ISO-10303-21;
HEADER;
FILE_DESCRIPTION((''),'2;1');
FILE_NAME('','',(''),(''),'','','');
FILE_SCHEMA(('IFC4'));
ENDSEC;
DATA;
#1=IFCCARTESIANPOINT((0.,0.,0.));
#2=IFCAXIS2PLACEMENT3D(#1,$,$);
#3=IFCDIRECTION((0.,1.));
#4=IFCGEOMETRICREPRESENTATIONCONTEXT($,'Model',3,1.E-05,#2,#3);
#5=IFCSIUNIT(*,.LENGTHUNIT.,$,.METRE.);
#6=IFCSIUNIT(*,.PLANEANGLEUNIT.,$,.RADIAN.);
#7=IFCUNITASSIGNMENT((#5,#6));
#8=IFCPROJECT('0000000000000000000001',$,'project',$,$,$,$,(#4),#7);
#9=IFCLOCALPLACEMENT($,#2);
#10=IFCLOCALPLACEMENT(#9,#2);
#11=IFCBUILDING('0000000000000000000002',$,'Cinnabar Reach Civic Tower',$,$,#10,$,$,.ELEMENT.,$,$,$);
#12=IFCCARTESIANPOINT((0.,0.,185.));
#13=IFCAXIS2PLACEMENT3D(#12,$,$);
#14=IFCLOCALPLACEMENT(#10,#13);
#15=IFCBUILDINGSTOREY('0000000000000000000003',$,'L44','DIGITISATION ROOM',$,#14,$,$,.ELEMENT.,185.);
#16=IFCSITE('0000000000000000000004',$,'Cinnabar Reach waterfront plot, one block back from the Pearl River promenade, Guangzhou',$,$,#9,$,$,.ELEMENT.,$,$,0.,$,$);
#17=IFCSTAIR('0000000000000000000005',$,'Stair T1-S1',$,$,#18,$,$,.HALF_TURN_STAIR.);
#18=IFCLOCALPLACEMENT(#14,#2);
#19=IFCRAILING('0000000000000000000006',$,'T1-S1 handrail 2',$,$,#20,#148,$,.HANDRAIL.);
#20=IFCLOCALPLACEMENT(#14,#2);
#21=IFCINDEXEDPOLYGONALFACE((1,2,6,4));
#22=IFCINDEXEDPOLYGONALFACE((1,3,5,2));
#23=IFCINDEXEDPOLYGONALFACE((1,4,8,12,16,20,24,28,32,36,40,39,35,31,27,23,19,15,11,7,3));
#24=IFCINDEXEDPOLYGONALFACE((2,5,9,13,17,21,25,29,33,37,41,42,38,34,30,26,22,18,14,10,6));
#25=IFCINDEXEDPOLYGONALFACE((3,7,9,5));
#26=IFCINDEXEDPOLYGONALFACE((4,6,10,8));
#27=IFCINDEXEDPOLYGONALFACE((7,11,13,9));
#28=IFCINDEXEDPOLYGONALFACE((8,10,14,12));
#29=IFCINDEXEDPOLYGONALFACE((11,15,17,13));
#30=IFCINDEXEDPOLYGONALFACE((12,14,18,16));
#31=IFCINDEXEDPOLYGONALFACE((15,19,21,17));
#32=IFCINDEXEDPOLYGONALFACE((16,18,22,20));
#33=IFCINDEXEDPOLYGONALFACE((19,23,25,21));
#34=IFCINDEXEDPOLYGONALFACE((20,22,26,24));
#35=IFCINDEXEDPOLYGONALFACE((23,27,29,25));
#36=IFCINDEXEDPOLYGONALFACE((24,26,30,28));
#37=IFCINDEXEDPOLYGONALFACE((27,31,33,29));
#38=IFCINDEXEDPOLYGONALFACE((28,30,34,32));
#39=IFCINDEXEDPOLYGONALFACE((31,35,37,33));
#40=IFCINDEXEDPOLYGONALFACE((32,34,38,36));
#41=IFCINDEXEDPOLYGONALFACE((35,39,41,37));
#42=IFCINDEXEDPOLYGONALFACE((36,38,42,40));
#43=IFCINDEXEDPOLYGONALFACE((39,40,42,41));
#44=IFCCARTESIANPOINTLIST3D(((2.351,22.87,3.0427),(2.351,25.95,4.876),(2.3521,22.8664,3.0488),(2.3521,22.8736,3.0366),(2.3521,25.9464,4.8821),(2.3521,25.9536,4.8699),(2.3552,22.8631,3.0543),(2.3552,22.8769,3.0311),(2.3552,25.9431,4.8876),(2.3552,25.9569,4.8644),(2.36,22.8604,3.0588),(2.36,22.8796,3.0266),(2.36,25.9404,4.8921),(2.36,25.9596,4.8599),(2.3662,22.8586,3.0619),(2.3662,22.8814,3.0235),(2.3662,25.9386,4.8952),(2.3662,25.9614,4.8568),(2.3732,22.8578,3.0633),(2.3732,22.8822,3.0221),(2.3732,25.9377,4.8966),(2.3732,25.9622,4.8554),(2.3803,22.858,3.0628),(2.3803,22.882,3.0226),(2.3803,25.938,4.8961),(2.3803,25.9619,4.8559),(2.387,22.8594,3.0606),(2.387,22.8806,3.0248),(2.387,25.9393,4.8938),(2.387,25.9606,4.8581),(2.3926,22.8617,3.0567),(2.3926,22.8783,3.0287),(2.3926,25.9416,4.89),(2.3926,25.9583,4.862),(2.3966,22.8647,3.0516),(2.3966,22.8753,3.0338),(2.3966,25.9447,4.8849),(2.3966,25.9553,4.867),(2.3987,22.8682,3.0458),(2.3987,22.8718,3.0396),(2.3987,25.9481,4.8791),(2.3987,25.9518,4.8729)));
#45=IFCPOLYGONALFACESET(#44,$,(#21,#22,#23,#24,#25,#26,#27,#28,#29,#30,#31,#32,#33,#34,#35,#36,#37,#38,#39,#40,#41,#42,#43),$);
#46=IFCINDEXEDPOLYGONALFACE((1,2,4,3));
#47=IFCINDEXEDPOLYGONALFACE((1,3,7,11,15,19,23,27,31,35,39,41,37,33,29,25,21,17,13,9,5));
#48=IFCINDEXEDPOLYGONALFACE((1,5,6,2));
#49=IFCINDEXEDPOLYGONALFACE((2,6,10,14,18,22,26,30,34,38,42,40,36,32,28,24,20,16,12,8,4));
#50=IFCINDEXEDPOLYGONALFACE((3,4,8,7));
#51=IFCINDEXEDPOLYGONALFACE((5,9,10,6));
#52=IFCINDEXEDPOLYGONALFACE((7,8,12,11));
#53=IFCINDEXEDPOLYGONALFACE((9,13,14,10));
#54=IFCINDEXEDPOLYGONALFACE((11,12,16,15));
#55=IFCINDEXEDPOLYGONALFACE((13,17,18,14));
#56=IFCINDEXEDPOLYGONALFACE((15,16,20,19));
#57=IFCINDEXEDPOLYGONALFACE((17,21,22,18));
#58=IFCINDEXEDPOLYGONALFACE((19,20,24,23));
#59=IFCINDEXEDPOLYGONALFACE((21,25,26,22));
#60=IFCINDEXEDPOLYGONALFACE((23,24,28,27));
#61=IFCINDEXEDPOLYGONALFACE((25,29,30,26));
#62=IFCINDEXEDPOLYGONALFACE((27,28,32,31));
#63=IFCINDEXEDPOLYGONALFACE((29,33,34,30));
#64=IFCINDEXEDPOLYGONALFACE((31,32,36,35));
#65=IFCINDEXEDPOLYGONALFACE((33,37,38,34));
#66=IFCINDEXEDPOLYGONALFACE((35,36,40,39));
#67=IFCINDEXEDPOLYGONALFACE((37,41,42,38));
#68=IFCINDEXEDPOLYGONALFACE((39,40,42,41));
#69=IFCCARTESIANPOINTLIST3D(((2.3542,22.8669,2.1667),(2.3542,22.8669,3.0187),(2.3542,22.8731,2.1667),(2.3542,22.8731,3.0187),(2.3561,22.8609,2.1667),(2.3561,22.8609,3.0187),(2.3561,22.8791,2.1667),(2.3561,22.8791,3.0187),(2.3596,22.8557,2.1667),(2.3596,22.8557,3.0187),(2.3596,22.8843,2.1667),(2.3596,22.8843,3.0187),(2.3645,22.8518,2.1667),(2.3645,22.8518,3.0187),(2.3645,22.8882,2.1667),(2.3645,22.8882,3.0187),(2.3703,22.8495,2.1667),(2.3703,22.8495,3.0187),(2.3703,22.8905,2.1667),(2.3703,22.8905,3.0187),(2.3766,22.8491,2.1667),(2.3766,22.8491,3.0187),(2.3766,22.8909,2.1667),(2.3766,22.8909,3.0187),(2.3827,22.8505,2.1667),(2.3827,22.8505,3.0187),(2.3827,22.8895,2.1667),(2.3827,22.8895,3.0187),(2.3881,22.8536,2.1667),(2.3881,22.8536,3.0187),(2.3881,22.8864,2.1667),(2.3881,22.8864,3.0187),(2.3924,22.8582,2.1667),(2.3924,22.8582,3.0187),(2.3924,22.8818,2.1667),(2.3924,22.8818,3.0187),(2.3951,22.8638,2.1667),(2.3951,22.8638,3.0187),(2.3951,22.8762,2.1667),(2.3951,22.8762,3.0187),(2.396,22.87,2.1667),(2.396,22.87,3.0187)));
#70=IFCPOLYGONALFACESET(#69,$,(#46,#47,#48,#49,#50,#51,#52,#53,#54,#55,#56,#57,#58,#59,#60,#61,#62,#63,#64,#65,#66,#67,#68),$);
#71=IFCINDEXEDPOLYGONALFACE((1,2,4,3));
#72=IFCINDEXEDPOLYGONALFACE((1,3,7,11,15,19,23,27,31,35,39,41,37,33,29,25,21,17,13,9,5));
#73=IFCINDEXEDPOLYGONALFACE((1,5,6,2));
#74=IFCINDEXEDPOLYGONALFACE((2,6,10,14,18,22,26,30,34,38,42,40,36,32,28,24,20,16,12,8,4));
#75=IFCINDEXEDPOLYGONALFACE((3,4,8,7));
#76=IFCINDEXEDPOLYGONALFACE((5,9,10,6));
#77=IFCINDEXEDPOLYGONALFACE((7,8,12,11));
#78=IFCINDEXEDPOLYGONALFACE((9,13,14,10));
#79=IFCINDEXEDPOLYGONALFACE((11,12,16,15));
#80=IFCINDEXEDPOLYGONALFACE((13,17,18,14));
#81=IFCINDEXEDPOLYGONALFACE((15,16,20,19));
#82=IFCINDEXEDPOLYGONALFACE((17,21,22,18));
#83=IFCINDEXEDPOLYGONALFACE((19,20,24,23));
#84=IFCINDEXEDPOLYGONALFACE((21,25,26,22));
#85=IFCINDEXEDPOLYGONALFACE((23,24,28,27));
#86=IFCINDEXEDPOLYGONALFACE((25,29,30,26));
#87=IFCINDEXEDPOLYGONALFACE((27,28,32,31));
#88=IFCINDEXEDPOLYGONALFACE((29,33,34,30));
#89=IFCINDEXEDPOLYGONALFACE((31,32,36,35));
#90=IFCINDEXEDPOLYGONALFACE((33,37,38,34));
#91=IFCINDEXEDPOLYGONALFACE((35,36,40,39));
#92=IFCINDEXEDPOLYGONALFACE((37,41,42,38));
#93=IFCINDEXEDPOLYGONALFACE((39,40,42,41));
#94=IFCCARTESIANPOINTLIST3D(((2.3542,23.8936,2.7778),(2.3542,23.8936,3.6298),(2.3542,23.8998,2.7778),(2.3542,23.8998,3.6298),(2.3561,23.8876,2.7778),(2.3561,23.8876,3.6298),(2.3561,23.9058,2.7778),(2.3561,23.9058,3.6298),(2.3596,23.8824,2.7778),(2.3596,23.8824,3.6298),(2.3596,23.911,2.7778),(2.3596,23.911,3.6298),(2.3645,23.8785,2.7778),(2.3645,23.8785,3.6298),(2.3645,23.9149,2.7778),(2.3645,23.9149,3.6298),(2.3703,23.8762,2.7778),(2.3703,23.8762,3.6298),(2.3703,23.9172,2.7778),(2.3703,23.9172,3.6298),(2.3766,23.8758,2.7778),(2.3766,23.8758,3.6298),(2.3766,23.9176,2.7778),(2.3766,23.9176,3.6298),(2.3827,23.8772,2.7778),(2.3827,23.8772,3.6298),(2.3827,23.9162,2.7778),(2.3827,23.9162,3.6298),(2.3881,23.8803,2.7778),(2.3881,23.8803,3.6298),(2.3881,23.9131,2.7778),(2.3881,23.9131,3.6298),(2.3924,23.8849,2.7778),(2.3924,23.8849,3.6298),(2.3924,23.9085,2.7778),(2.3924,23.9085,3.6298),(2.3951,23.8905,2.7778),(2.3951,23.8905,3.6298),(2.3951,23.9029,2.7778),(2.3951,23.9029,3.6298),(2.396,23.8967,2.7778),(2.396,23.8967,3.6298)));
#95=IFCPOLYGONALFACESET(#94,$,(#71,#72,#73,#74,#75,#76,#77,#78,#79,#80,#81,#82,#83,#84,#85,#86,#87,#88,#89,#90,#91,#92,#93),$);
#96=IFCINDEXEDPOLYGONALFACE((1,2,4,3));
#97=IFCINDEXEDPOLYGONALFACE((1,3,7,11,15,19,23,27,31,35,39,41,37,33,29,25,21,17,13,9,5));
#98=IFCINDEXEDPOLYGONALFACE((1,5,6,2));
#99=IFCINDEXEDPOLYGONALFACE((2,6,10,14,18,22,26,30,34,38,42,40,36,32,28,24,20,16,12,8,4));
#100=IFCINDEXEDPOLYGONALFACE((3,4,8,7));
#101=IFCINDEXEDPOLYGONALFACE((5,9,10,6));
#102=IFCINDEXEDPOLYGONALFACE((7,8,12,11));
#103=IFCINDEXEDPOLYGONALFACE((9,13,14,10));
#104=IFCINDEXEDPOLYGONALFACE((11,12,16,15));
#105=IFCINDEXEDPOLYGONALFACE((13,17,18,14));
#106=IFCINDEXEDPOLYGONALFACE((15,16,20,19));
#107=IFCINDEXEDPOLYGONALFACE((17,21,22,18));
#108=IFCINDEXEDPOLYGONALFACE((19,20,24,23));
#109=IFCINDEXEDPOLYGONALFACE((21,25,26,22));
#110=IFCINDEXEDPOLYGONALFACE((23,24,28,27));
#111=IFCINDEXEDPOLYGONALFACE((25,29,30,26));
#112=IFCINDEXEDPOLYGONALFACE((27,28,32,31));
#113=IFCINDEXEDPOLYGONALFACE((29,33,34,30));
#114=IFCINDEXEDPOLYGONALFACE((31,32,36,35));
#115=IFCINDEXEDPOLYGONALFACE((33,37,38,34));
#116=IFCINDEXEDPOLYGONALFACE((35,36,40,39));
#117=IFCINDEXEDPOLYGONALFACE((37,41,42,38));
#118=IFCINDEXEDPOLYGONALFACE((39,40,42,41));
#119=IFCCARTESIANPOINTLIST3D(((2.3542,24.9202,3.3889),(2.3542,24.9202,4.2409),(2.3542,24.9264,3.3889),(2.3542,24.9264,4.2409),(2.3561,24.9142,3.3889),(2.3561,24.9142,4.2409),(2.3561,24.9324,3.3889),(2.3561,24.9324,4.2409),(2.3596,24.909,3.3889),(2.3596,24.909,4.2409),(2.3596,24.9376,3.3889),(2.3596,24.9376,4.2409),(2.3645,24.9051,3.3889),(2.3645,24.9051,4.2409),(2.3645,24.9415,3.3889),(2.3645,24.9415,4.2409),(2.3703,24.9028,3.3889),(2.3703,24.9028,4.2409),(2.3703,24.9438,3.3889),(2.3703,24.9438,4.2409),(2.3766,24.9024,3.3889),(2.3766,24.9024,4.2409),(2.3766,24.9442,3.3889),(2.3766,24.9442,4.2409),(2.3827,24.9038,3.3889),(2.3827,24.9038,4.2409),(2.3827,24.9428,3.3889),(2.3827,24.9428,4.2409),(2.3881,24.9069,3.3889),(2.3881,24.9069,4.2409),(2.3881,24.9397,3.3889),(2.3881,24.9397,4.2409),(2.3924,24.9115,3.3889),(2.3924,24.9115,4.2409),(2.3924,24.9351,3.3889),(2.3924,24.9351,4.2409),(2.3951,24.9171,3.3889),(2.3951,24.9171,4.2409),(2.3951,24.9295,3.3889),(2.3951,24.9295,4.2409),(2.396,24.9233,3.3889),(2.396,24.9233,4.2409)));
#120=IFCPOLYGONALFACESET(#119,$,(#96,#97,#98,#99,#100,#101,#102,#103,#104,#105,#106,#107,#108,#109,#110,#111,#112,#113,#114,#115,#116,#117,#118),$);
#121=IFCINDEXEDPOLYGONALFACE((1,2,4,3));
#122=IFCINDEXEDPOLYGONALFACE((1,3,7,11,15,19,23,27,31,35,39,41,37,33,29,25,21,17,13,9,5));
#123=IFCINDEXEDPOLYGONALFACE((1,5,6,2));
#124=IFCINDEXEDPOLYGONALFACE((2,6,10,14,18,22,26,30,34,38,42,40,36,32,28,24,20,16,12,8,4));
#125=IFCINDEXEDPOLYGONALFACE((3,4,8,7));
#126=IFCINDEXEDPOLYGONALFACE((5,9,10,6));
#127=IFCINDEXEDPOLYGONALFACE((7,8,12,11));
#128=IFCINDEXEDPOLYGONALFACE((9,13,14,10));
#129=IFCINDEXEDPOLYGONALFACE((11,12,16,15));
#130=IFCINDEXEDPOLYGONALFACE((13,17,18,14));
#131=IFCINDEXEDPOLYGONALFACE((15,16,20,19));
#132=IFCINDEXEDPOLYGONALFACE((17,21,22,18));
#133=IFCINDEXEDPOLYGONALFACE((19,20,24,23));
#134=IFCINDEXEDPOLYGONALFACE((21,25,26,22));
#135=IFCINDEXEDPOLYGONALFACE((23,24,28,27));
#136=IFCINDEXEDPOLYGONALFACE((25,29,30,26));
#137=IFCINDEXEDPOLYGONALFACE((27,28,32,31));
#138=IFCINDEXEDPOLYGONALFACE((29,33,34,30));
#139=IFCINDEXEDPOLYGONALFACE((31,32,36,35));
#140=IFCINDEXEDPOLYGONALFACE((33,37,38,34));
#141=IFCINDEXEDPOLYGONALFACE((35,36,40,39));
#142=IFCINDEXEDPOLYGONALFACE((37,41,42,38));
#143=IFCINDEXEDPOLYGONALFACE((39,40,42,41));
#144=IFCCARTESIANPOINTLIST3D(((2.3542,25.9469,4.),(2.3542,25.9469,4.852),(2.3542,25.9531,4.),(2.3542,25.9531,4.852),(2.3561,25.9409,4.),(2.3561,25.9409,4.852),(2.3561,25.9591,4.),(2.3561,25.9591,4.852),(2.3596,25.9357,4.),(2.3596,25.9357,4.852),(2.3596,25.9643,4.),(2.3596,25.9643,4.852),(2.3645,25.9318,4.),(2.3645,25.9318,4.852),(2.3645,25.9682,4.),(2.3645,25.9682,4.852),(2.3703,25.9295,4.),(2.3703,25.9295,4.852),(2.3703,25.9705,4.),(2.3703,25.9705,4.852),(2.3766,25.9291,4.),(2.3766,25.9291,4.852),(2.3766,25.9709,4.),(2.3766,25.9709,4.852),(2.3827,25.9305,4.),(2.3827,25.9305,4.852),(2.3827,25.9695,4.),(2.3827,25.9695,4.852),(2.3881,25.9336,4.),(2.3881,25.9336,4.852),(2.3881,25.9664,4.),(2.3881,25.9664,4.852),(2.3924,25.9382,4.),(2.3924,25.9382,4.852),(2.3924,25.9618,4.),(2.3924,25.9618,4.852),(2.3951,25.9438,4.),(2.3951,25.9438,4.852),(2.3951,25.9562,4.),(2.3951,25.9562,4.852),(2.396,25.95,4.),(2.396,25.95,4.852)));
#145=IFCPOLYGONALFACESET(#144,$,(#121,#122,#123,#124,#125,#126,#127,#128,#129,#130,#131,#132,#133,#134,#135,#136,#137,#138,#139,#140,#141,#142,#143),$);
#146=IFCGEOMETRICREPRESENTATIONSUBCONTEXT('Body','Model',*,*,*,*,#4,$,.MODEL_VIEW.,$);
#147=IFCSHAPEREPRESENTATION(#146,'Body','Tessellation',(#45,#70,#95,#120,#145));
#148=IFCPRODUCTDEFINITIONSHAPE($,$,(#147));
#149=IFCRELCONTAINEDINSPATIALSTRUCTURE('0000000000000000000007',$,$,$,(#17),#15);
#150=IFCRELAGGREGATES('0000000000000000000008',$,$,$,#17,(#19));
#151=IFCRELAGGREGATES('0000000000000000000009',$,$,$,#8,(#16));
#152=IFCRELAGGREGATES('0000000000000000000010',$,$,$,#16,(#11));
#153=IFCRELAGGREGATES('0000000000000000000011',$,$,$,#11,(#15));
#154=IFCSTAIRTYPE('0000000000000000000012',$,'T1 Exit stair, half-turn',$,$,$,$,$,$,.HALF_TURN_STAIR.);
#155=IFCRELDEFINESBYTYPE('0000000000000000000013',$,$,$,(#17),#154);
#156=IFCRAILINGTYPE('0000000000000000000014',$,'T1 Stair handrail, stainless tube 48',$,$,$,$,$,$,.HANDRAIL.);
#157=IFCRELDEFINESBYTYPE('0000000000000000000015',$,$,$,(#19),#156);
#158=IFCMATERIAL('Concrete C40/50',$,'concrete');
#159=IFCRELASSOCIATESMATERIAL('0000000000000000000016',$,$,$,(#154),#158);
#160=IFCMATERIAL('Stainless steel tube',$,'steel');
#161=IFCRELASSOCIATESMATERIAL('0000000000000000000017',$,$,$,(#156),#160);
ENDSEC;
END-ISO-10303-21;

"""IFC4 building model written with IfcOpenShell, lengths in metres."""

from ifc_helpers import new_model, si_unit, direction, frame, origin, origin_2d, place, context, subcontext, project, spatial, circle, extrude, material, type_object, element, aggregate, save


model = new_model("IFC4")

# Units and contexts
model_context = context("Model", 3, precision=1e-05, world=origin(), true_north=direction((0.0, 1.0)))
body_context = subcontext(model_context, "Body", "Model", "MODEL_VIEW")
ifc_project = project(units=[si_unit("LENGTHUNIT", "METRE"), si_unit("PLANEANGLEUNIT", "RADIAN")], contexts=[model_context])

# Site, building, storey
site_placement = place(None, origin())
site = spatial("IfcSite", under=ifc_project, at=site_placement, Name="Cinnabar Reach waterfront plot, one block back from the Pearl River promenade, Guangzhou", CompositionType="ELEMENT", RefElevation=0.0)
building_placement = place(site_placement, origin())
building = spatial("IfcBuilding", under=site, at=building_placement, Name="Cinnabar Reach Civic Tower", CompositionType="ELEMENT")
storey_placement = place(building_placement, frame((0.0, 0.0, 185.0)))
storey = spatial("IfcBuildingStorey", under=building, at=storey_placement, Name="L44", Description="DIGITISATION ROOM", CompositionType="ELEMENT", Elevation=185.0)

# Shared definitions
ifc_material_1 = material(Name="Concrete C40/50", Category="concrete")

# Stair, railing
stair_type = type_object("IfcStairType", Name="T1 Exit stair, half-turn", PredefinedType="HALF_TURN_STAIR", material=ifc_material_1)
stair_placement = place(storey_placement, origin())
stair = element("IfcStair", 1, at=stair_placement, inside=storey, type_object=stair_type, Name="Stair T1-S1", PredefinedType="HALF_TURN_STAIR")
ifc_material_2 = material(Name="Stainless steel tube", Category="steel")
railing_type = type_object("IfcRailingType", Name="T1 Stair handrail, stainless tube 48", PredefinedType="HANDRAIL", material=ifc_material_2)
railing_1_placement = place(storey_placement, frame((2.375, 22.87, 2.1667)))
railing_1 = element("IfcRailing", 2, at=railing_1_placement, type_object=railing_type, Name="T1-S1 handrail 2", PredefinedType="HANDRAIL", context=body_context, shape_type="SweptSolid", body=[
    extrude(circle(Radius=0.024, at=origin_2d()), frame((0.0, 0.0, 0.876), z_axis=(0.0, 0.859297, 0.511477), x_axis=(-1.0, 0.0, 0.0)), (0.0, 0.0, 1.0), 3.5843),
    extrude(circle(Radius=0.021, at=origin_2d()), origin(), (0.0, 0.0, 1.0), 0.852),
    extrude(circle(Radius=0.021, at=origin_2d()), frame((0.0, 1.0267, 0.6111)), (0.0, 0.0, 1.0), 0.852),
    extrude(circle(Radius=0.021, at=origin_2d()), frame((0.0, 2.0533, 1.2222)), (0.0, 0.0, 1.0), 0.852),
    extrude(circle(Radius=0.021, at=origin_2d()), frame((0.0, 3.08, 1.8333)), (0.0, 0.0, 1.0), 0.852),
])
aggregate(stair, [railing_1])

save(model, "model.ifc")
